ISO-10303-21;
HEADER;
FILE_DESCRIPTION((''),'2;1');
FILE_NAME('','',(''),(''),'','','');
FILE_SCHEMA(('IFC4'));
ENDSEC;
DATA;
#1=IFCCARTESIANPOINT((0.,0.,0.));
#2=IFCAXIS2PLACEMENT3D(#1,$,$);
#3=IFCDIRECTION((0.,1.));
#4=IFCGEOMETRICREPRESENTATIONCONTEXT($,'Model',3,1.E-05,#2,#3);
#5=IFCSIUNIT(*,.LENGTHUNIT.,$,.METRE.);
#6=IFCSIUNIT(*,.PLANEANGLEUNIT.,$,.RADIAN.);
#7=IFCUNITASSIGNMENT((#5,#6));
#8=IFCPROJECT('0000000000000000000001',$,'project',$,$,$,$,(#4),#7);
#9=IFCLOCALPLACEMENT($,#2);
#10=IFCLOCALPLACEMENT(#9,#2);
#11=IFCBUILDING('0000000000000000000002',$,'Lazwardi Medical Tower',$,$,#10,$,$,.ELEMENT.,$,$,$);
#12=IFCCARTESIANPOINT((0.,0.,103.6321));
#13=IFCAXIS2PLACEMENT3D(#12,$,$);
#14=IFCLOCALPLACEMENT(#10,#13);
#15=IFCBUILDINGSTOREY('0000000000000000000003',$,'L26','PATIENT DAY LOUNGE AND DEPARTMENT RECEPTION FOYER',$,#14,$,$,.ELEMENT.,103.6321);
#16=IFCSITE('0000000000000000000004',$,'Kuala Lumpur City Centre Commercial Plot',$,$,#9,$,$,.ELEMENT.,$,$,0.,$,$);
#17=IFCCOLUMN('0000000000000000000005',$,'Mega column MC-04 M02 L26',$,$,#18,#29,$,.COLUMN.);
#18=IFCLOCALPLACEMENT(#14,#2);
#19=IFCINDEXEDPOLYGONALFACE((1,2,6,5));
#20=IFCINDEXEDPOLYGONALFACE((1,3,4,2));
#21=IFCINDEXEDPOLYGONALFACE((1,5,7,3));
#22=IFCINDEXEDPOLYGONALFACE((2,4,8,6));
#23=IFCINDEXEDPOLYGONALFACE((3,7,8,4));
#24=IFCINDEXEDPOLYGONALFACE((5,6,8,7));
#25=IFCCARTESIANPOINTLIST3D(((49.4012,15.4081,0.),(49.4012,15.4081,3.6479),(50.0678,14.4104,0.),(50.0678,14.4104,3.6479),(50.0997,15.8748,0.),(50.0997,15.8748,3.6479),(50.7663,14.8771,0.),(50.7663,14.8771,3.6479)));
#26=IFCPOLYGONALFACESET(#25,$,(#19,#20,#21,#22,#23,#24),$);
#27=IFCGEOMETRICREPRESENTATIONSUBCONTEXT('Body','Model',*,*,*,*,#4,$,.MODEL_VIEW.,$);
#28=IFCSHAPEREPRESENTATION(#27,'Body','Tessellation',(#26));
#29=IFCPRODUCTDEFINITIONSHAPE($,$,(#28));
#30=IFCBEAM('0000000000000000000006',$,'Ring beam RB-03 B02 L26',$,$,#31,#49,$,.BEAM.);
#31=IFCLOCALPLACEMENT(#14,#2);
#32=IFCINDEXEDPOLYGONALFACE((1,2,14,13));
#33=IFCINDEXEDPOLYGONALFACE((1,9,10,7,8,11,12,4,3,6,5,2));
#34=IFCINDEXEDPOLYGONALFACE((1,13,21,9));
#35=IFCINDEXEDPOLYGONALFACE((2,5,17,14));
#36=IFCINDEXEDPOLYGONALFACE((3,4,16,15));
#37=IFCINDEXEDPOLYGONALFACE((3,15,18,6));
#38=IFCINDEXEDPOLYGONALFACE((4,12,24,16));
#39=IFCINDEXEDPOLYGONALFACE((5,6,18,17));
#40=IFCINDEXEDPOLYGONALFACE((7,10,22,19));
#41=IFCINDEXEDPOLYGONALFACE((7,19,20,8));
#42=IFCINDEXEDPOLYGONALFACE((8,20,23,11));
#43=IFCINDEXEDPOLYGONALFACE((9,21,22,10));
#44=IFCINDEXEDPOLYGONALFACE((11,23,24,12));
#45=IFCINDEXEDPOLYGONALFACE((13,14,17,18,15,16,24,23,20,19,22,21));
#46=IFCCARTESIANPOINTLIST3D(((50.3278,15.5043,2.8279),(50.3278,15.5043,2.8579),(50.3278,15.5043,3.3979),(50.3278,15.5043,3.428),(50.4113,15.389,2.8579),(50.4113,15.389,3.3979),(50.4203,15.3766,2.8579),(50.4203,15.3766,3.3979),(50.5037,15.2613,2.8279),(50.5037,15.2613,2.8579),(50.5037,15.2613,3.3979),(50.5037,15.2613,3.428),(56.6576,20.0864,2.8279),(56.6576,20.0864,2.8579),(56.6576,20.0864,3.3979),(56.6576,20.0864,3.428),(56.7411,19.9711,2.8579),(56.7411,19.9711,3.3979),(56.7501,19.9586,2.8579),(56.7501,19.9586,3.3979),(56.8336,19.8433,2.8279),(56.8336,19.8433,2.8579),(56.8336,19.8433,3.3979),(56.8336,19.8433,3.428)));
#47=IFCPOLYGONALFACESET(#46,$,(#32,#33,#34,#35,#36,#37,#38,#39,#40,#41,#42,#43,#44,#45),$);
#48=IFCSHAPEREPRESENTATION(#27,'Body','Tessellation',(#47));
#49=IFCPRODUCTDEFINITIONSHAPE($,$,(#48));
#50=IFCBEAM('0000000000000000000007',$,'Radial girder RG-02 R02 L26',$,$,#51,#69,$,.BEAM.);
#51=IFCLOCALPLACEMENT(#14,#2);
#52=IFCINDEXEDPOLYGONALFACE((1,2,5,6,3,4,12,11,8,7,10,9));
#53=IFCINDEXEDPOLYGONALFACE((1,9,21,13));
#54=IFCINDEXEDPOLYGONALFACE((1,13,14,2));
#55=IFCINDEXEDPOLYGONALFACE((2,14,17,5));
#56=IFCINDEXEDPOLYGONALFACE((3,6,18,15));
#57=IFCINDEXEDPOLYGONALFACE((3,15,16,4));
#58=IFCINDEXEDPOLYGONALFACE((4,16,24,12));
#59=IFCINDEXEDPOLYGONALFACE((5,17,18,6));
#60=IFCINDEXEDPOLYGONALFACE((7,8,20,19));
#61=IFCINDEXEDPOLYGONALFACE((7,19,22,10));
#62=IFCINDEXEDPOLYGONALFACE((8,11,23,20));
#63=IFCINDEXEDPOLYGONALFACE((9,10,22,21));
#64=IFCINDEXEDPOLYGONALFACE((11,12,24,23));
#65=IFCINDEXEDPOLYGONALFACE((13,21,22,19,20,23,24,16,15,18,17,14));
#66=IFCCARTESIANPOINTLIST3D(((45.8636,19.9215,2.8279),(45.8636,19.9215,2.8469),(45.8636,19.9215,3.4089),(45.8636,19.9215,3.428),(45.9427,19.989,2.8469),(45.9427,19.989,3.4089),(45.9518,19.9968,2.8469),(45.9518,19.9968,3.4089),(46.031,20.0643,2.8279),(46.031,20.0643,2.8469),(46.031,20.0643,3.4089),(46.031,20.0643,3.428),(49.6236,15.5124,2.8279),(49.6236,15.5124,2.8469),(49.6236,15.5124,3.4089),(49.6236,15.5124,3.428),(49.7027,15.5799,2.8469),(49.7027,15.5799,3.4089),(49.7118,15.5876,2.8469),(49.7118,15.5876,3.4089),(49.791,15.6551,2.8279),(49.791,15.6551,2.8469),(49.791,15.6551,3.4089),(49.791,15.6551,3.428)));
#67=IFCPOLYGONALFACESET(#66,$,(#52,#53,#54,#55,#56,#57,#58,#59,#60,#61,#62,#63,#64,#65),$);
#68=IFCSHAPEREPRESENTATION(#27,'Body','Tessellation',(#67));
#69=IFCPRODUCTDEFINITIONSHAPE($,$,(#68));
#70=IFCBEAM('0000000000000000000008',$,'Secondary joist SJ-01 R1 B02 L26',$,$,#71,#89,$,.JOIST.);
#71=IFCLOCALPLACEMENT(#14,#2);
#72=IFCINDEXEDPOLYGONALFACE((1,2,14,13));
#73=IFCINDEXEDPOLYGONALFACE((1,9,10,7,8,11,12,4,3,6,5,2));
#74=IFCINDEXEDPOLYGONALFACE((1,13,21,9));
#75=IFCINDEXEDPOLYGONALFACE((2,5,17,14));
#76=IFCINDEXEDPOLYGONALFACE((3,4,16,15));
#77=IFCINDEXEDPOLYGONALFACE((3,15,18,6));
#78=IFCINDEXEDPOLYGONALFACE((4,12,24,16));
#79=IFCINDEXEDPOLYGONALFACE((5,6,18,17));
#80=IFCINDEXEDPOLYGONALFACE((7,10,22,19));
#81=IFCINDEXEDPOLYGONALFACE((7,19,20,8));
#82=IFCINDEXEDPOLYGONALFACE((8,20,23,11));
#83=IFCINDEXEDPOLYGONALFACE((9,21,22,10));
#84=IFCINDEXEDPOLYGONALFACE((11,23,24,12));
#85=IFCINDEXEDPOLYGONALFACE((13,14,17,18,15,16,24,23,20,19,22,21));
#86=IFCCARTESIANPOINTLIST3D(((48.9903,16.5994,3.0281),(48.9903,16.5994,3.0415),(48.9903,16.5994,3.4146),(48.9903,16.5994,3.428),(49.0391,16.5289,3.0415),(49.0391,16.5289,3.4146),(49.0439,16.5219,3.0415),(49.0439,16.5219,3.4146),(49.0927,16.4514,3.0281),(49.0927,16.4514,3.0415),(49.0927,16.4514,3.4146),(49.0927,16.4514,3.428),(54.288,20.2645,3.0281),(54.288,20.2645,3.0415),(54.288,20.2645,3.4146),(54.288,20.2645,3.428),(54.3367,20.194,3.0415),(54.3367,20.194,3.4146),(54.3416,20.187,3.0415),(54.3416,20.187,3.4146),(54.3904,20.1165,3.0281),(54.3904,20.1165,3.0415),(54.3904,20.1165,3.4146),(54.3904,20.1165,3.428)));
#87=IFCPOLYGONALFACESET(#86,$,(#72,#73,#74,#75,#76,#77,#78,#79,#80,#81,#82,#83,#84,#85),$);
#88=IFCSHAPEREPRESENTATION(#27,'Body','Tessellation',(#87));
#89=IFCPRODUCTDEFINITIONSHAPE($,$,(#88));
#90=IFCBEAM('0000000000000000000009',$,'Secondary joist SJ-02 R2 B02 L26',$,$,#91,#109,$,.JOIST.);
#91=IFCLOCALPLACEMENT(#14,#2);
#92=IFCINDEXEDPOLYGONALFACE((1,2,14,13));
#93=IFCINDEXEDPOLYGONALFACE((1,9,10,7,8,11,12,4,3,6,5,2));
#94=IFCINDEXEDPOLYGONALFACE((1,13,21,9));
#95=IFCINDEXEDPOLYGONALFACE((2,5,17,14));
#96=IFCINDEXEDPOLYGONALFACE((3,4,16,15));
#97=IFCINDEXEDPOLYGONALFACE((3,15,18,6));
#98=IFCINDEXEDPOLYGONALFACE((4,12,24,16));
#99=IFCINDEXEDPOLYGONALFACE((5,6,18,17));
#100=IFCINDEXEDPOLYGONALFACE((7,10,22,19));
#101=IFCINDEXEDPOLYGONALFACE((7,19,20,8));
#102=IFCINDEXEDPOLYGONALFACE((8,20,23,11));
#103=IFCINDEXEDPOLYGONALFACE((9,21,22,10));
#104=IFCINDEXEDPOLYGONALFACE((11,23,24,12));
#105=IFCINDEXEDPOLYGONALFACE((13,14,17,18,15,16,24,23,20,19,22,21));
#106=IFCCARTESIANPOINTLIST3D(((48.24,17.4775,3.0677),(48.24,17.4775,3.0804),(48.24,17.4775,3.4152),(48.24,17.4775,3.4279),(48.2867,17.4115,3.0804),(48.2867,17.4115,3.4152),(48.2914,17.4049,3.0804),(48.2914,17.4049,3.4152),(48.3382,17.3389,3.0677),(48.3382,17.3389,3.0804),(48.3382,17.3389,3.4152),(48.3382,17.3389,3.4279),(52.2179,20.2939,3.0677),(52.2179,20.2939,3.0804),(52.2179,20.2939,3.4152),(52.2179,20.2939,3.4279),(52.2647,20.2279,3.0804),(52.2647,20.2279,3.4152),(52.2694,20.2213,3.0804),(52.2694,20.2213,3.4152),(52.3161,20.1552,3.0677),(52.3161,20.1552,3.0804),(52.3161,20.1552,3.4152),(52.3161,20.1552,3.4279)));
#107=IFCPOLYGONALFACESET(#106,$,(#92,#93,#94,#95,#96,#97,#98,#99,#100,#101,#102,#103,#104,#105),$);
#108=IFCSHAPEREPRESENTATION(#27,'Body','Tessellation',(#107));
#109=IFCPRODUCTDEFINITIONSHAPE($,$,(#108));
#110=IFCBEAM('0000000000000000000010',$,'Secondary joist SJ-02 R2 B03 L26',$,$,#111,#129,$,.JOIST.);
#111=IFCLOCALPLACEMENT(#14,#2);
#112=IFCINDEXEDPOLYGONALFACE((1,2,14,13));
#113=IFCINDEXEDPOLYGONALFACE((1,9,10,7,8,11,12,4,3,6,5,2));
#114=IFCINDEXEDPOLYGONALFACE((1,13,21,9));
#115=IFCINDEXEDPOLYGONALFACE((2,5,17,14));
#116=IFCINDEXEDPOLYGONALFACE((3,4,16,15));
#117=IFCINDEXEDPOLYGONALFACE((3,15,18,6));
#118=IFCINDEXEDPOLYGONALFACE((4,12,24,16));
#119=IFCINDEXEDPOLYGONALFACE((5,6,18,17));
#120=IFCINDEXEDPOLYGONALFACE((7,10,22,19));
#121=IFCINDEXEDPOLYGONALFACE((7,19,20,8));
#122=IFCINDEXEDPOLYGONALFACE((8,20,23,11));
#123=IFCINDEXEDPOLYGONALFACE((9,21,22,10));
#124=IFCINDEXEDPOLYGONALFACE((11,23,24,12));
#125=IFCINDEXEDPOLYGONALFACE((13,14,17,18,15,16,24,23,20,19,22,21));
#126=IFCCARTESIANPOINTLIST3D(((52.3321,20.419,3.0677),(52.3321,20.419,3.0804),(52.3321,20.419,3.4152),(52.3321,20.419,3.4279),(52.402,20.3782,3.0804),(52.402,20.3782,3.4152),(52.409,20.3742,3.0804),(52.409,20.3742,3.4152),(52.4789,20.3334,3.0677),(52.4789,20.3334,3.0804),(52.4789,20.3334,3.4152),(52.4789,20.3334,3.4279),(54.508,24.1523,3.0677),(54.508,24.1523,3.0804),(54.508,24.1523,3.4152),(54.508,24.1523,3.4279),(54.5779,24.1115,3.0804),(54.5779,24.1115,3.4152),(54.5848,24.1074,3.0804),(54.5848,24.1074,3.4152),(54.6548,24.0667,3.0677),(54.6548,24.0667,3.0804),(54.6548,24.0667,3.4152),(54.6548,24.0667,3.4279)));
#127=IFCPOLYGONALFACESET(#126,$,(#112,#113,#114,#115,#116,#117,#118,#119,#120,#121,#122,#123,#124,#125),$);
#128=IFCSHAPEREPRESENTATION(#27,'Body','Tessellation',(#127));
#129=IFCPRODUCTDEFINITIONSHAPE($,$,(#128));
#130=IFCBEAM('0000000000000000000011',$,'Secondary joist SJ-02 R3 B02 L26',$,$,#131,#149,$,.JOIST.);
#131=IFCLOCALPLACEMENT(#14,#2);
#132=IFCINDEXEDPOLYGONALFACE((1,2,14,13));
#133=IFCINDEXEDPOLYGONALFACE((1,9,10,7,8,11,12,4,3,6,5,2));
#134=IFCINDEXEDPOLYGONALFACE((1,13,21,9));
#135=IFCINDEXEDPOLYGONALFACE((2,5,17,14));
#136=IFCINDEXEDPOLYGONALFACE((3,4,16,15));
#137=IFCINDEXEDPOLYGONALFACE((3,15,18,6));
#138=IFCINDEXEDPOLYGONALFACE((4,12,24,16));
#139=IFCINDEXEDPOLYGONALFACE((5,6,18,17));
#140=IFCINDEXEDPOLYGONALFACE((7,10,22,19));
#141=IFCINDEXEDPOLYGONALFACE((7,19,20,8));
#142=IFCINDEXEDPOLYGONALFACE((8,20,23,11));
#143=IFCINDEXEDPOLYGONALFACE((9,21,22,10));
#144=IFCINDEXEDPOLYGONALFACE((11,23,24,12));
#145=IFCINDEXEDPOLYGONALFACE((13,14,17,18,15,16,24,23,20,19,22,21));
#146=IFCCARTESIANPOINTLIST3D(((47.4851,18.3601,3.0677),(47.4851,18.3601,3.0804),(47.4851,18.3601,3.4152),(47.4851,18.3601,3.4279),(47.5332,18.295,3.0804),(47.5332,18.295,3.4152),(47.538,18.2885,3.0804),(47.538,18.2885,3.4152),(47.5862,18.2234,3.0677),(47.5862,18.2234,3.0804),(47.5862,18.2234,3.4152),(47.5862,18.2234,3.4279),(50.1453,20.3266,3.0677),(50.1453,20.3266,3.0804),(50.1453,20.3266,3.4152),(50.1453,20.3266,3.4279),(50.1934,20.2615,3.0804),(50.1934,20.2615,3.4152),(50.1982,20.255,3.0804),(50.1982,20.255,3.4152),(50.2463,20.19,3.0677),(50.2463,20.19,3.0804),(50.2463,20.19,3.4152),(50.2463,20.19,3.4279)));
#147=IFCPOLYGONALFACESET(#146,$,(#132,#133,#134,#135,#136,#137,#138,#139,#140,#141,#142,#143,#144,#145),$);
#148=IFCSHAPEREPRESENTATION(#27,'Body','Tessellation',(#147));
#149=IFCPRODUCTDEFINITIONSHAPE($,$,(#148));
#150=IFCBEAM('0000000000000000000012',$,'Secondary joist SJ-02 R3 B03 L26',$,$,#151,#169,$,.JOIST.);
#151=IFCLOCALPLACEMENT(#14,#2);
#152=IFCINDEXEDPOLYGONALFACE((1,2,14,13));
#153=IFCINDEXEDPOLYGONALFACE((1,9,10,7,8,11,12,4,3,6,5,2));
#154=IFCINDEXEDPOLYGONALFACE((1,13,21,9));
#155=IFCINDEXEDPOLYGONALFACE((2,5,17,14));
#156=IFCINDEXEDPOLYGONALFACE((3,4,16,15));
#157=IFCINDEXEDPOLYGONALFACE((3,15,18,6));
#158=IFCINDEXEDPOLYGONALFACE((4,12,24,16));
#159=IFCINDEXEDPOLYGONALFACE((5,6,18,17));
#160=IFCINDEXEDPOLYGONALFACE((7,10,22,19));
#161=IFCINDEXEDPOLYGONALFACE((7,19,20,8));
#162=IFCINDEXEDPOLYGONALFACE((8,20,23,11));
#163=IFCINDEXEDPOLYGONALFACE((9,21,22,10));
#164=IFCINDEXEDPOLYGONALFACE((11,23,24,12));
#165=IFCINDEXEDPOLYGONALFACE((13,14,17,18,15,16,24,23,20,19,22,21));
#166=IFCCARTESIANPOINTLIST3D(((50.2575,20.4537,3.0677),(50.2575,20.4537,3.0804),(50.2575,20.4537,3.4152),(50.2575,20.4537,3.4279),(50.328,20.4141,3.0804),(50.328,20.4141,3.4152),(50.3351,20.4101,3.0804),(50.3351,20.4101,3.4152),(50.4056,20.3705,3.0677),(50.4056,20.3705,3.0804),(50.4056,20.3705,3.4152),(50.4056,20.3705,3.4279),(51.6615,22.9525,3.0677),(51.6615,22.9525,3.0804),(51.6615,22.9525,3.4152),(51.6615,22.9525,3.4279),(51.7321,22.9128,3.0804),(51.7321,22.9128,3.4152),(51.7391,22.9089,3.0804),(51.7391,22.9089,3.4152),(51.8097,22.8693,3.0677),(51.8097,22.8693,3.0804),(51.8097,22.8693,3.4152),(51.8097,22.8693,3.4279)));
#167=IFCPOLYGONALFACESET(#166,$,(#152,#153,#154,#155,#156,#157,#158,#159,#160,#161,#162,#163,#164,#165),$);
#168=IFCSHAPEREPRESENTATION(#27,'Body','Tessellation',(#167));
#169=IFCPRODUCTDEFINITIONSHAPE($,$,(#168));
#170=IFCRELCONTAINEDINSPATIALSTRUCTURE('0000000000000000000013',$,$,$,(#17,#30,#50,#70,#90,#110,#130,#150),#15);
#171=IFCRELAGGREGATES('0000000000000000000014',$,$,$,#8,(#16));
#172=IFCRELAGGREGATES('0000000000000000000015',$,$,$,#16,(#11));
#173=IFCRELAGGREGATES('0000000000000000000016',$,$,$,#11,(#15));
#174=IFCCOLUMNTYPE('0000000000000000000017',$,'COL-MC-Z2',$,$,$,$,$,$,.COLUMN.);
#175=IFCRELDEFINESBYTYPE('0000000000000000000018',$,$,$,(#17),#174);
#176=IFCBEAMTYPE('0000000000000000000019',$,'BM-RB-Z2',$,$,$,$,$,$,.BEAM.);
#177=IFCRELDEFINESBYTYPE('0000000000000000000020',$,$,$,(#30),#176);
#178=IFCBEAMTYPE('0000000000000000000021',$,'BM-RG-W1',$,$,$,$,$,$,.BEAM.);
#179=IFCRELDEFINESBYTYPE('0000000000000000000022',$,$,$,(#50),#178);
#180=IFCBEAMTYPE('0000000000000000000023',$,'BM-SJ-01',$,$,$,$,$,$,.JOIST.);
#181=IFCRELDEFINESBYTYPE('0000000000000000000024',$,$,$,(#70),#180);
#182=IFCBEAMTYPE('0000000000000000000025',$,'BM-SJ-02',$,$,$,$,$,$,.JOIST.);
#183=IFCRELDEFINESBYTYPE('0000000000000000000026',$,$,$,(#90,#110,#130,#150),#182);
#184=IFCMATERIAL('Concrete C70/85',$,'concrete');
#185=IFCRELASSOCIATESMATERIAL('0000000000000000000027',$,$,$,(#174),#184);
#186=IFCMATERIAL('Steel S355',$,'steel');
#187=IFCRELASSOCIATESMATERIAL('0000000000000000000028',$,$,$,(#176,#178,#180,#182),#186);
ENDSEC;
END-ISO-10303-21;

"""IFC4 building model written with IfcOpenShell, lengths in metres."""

from ifc_helpers import new_model, si_unit, direction, frame, origin, origin_2d, place, context, subcontext, project, spatial, rectangle, i_section, extrude, material, material_profile, profile_set, type_object, element, save


model = new_model("IFC4")

# Units and contexts
model_context = context("Model", 3, precision=1e-05, world=origin(), true_north=direction((0.0, 1.0)))
body_context = subcontext(model_context, "Body", "Model", "MODEL_VIEW")
ifc_project = project(units=[si_unit("LENGTHUNIT", "METRE"), si_unit("PLANEANGLEUNIT", "RADIAN")], contexts=[model_context])

# Site, building, storey
site_placement = place(None, origin())
site = spatial("IfcSite", under=ifc_project, at=site_placement, Name="Kuala Lumpur City Centre Commercial Plot", CompositionType="ELEMENT", RefElevation=0.0)
building_placement = place(site_placement, origin())
building = spatial("IfcBuilding", under=site, at=building_placement, Name="Lazwardi Medical Tower", CompositionType="ELEMENT")
storey_placement = place(building_placement, frame((0.0, 0.0, 103.6321)))
storey = spatial("IfcBuildingStorey", under=building, at=storey_placement, Name="L26", Description="PATIENT DAY LOUNGE AND DEPARTMENT RECEPTION FOYER", CompositionType="ELEMENT", Elevation=103.6321)

# Column
ifc_material_1 = material(Name="Concrete C70/85", Category="concrete")
ifc_material_profile_1 = material_profile(ifc_material_1, rectangle(XDim=1.2, YDim=0.8401, at=origin_2d()), Name="CFT-RECT 1200x840")
ifc_profile_set_1 = profile_set([ifc_material_profile_1], Name="Concrete C70/85")
column_type = type_object("IfcColumnType", Name="COL-MC-Z2", PredefinedType="COLUMN", material=ifc_profile_set_1)
column_placement = place(storey_placement, frame((50.0837, 15.1426, 0.0), z_axis=(0.0, 0.0, 1.0), x_axis=(0.55557, -0.83147, 0.0)))
element("IfcColumn", 1, at=column_placement, inside=storey, type_object=column_type, Name="Mega column MC-04 M02 L26", PredefinedType="COLUMN", context=body_context, shape_type="SweptSolid", body=[
    extrude(rectangle(XDim=1.2, YDim=0.8401, at=origin_2d()), origin(), (0.0, 0.0, 1.0), 3.6479),
])

# Beams
ifc_material_2 = material(Name="Steel S355", Category="steel")
ifc_material_profile_2 = material_profile(ifc_material_2, i_section(OverallWidth=0.3, OverallDepth=0.6001, WebThickness=0.0154, FlangeThickness=0.03, at=origin_2d()), Name="HEB 600")
ifc_profile_set_2 = profile_set([ifc_material_profile_2], Name="Steel S355")
beam_type_1 = type_object("IfcBeamType", Name="BM-RB-Z2", PredefinedType="BEAM", material=ifc_profile_set_2)
beam_1_placement = place(storey_placement, frame((50.4158, 15.3828, 3.1279), z_axis=(0.810042, 0.586372, 0.0), x_axis=(-0.586372, 0.810042, 0.0)))
element("IfcBeam", 2, at=beam_1_placement, inside=storey, type_object=beam_type_1, Name="Ring beam RB-03 B02 L26", PredefinedType="BEAM", context=body_context, shape_type="SweptSolid", body=[
    extrude(i_section(OverallWidth=0.3, OverallDepth=0.6001, WebThickness=0.0154, FlangeThickness=0.03, at=origin_2d()), origin(), (0.0, 0.0, 1.0), 7.8142),
])
ifc_material_profile_3 = material_profile(ifc_material_2, i_section(OverallWidth=0.22, OverallDepth=0.6001, WebThickness=0.012, FlangeThickness=0.019, at=origin_2d()), Name="IPE 600")
ifc_profile_set_3 = profile_set([ifc_material_profile_3], Name="Steel S355")
beam_type_2 = type_object("IfcBeamType", Name="BM-RG-W1", PredefinedType="BEAM", material=ifc_profile_set_3)
beam_2_placement = place(storey_placement, frame((49.7073, 15.5837, 3.1279), z_axis=(-0.648871, 0.760899, 0.0), x_axis=(-0.760899, -0.648871, 0.0)))
element("IfcBeam", 3, at=beam_2_placement, inside=storey, type_object=beam_type_2, Name="Radial girder RG-02 R02 L26", PredefinedType="BEAM", context=body_context, shape_type="SweptSolid", body=[
    extrude(i_section(OverallWidth=0.22, OverallDepth=0.6001, WebThickness=0.012, FlangeThickness=0.019, at=origin_2d()), origin(), (0.0, 0.0, 1.0), 5.7947),
])
ifc_material_profile_4 = material_profile(ifc_material_2, i_section(OverallWidth=0.1799, OverallDepth=0.3999, WebThickness=0.0085, FlangeThickness=0.0134, at=origin_2d()), Name="IPE 400")
ifc_profile_set_4 = profile_set([ifc_material_profile_4], Name="Steel S355")
beam_type_3 = type_object("IfcBeamType", Name="BM-SJ-01", PredefinedType="JOIST", material=ifc_profile_set_4)
beam_3_placement = place(storey_placement, frame((49.0415, 16.5254, 3.228), z_axis=(0.822376, 0.568944, 0.0), x_axis=(-0.568944, 0.822376, 0.0)))
element("IfcBeam", 4, at=beam_3_placement, inside=storey, type_object=beam_type_3, Name="Secondary joist SJ-01 R1 B02 L26", PredefinedType="JOIST", context=body_context, shape_type="SweptSolid", body=[
    extrude(i_section(OverallWidth=0.1799, OverallDepth=0.3999, WebThickness=0.0085, FlangeThickness=0.0134, at=origin_2d()), origin(), (0.0, 0.0, 1.0), 6.4419),
])
ifc_material_profile_5 = material_profile(ifc_material_2, i_section(OverallWidth=0.1699, OverallDepth=0.3601, WebThickness=0.0081, FlangeThickness=0.0127, at=origin_2d()), Name="IPE 360")
ifc_profile_set_5 = profile_set([ifc_material_profile_5], Name="Steel S355")
beam_type_4 = type_object("IfcBeamType", Name="BM-SJ-02", PredefinedType="JOIST", material=ifc_profile_set_5)
beam_4_placement = place(storey_placement, frame((48.2891, 17.4082, 3.2478), z_axis=(0.816156, 0.577831, 0.0), x_axis=(-0.577831, 0.816156, 0.0)))
element("IfcBeam", 5, at=beam_4_placement, inside=storey, type_object=beam_type_4, Name="Secondary joist SJ-02 R2 B02 L26", PredefinedType="JOIST", context=body_context, shape_type="SweptSolid", body=[
    extrude(i_section(OverallWidth=0.1699, OverallDepth=0.3601, WebThickness=0.0081, FlangeThickness=0.0127, at=origin_2d()), origin(), (0.0, 0.0, 1.0), 4.874),
])
beam_5_placement = place(storey_placement, frame((52.4055, 20.3762, 3.2478), z_axis=(0.503544, 0.863969, 0.0), x_axis=(-0.863969, 0.503544, 0.0)))
element("IfcBeam", 6, at=beam_5_placement, inside=storey, type_object=beam_type_4, Name="Secondary joist SJ-02 R2 B03 L26", PredefinedType="JOIST", context=body_context, shape_type="SweptSolid", body=[
    extrude(i_section(OverallWidth=0.1699, OverallDepth=0.3601, WebThickness=0.0081, FlangeThickness=0.0127, at=origin_2d()), origin(), (0.0, 0.0, 1.0), 4.321),
])
beam_6_placement = place(storey_placement, frame((47.5356, 18.2917, 3.2478), z_axis=(0.804126, 0.59446, 0.0), x_axis=(-0.59446, 0.804126, 0.0)))
element("IfcBeam", 7, at=beam_6_placement, inside=storey, type_object=beam_type_4, Name="Secondary joist SJ-02 R3 B02 L26", PredefinedType="JOIST", context=body_context, shape_type="SweptSolid", body=[
    extrude(i_section(OverallWidth=0.1699, OverallDepth=0.3601, WebThickness=0.0081, FlangeThickness=0.0127, at=origin_2d()), origin(), (0.0, 0.0, 1.0), 3.3081),
])
beam_7_placement = place(storey_placement, frame((50.3315, 20.4121, 3.2478), z_axis=(0.489861, 0.871801, 0.0), x_axis=(-0.871801, 0.489861, 0.0)))
element("IfcBeam", 8, at=beam_7_placement, inside=storey, type_object=beam_type_4, Name="Secondary joist SJ-02 R3 B03 L26", PredefinedType="JOIST", context=body_context, shape_type="SweptSolid", body=[
    extrude(i_section(OverallWidth=0.1699, OverallDepth=0.3601, WebThickness=0.0081, FlangeThickness=0.0127, at=origin_2d()), origin(), (0.0, 0.0, 1.0), 2.8662),
])

save(model, "model.ifc")
